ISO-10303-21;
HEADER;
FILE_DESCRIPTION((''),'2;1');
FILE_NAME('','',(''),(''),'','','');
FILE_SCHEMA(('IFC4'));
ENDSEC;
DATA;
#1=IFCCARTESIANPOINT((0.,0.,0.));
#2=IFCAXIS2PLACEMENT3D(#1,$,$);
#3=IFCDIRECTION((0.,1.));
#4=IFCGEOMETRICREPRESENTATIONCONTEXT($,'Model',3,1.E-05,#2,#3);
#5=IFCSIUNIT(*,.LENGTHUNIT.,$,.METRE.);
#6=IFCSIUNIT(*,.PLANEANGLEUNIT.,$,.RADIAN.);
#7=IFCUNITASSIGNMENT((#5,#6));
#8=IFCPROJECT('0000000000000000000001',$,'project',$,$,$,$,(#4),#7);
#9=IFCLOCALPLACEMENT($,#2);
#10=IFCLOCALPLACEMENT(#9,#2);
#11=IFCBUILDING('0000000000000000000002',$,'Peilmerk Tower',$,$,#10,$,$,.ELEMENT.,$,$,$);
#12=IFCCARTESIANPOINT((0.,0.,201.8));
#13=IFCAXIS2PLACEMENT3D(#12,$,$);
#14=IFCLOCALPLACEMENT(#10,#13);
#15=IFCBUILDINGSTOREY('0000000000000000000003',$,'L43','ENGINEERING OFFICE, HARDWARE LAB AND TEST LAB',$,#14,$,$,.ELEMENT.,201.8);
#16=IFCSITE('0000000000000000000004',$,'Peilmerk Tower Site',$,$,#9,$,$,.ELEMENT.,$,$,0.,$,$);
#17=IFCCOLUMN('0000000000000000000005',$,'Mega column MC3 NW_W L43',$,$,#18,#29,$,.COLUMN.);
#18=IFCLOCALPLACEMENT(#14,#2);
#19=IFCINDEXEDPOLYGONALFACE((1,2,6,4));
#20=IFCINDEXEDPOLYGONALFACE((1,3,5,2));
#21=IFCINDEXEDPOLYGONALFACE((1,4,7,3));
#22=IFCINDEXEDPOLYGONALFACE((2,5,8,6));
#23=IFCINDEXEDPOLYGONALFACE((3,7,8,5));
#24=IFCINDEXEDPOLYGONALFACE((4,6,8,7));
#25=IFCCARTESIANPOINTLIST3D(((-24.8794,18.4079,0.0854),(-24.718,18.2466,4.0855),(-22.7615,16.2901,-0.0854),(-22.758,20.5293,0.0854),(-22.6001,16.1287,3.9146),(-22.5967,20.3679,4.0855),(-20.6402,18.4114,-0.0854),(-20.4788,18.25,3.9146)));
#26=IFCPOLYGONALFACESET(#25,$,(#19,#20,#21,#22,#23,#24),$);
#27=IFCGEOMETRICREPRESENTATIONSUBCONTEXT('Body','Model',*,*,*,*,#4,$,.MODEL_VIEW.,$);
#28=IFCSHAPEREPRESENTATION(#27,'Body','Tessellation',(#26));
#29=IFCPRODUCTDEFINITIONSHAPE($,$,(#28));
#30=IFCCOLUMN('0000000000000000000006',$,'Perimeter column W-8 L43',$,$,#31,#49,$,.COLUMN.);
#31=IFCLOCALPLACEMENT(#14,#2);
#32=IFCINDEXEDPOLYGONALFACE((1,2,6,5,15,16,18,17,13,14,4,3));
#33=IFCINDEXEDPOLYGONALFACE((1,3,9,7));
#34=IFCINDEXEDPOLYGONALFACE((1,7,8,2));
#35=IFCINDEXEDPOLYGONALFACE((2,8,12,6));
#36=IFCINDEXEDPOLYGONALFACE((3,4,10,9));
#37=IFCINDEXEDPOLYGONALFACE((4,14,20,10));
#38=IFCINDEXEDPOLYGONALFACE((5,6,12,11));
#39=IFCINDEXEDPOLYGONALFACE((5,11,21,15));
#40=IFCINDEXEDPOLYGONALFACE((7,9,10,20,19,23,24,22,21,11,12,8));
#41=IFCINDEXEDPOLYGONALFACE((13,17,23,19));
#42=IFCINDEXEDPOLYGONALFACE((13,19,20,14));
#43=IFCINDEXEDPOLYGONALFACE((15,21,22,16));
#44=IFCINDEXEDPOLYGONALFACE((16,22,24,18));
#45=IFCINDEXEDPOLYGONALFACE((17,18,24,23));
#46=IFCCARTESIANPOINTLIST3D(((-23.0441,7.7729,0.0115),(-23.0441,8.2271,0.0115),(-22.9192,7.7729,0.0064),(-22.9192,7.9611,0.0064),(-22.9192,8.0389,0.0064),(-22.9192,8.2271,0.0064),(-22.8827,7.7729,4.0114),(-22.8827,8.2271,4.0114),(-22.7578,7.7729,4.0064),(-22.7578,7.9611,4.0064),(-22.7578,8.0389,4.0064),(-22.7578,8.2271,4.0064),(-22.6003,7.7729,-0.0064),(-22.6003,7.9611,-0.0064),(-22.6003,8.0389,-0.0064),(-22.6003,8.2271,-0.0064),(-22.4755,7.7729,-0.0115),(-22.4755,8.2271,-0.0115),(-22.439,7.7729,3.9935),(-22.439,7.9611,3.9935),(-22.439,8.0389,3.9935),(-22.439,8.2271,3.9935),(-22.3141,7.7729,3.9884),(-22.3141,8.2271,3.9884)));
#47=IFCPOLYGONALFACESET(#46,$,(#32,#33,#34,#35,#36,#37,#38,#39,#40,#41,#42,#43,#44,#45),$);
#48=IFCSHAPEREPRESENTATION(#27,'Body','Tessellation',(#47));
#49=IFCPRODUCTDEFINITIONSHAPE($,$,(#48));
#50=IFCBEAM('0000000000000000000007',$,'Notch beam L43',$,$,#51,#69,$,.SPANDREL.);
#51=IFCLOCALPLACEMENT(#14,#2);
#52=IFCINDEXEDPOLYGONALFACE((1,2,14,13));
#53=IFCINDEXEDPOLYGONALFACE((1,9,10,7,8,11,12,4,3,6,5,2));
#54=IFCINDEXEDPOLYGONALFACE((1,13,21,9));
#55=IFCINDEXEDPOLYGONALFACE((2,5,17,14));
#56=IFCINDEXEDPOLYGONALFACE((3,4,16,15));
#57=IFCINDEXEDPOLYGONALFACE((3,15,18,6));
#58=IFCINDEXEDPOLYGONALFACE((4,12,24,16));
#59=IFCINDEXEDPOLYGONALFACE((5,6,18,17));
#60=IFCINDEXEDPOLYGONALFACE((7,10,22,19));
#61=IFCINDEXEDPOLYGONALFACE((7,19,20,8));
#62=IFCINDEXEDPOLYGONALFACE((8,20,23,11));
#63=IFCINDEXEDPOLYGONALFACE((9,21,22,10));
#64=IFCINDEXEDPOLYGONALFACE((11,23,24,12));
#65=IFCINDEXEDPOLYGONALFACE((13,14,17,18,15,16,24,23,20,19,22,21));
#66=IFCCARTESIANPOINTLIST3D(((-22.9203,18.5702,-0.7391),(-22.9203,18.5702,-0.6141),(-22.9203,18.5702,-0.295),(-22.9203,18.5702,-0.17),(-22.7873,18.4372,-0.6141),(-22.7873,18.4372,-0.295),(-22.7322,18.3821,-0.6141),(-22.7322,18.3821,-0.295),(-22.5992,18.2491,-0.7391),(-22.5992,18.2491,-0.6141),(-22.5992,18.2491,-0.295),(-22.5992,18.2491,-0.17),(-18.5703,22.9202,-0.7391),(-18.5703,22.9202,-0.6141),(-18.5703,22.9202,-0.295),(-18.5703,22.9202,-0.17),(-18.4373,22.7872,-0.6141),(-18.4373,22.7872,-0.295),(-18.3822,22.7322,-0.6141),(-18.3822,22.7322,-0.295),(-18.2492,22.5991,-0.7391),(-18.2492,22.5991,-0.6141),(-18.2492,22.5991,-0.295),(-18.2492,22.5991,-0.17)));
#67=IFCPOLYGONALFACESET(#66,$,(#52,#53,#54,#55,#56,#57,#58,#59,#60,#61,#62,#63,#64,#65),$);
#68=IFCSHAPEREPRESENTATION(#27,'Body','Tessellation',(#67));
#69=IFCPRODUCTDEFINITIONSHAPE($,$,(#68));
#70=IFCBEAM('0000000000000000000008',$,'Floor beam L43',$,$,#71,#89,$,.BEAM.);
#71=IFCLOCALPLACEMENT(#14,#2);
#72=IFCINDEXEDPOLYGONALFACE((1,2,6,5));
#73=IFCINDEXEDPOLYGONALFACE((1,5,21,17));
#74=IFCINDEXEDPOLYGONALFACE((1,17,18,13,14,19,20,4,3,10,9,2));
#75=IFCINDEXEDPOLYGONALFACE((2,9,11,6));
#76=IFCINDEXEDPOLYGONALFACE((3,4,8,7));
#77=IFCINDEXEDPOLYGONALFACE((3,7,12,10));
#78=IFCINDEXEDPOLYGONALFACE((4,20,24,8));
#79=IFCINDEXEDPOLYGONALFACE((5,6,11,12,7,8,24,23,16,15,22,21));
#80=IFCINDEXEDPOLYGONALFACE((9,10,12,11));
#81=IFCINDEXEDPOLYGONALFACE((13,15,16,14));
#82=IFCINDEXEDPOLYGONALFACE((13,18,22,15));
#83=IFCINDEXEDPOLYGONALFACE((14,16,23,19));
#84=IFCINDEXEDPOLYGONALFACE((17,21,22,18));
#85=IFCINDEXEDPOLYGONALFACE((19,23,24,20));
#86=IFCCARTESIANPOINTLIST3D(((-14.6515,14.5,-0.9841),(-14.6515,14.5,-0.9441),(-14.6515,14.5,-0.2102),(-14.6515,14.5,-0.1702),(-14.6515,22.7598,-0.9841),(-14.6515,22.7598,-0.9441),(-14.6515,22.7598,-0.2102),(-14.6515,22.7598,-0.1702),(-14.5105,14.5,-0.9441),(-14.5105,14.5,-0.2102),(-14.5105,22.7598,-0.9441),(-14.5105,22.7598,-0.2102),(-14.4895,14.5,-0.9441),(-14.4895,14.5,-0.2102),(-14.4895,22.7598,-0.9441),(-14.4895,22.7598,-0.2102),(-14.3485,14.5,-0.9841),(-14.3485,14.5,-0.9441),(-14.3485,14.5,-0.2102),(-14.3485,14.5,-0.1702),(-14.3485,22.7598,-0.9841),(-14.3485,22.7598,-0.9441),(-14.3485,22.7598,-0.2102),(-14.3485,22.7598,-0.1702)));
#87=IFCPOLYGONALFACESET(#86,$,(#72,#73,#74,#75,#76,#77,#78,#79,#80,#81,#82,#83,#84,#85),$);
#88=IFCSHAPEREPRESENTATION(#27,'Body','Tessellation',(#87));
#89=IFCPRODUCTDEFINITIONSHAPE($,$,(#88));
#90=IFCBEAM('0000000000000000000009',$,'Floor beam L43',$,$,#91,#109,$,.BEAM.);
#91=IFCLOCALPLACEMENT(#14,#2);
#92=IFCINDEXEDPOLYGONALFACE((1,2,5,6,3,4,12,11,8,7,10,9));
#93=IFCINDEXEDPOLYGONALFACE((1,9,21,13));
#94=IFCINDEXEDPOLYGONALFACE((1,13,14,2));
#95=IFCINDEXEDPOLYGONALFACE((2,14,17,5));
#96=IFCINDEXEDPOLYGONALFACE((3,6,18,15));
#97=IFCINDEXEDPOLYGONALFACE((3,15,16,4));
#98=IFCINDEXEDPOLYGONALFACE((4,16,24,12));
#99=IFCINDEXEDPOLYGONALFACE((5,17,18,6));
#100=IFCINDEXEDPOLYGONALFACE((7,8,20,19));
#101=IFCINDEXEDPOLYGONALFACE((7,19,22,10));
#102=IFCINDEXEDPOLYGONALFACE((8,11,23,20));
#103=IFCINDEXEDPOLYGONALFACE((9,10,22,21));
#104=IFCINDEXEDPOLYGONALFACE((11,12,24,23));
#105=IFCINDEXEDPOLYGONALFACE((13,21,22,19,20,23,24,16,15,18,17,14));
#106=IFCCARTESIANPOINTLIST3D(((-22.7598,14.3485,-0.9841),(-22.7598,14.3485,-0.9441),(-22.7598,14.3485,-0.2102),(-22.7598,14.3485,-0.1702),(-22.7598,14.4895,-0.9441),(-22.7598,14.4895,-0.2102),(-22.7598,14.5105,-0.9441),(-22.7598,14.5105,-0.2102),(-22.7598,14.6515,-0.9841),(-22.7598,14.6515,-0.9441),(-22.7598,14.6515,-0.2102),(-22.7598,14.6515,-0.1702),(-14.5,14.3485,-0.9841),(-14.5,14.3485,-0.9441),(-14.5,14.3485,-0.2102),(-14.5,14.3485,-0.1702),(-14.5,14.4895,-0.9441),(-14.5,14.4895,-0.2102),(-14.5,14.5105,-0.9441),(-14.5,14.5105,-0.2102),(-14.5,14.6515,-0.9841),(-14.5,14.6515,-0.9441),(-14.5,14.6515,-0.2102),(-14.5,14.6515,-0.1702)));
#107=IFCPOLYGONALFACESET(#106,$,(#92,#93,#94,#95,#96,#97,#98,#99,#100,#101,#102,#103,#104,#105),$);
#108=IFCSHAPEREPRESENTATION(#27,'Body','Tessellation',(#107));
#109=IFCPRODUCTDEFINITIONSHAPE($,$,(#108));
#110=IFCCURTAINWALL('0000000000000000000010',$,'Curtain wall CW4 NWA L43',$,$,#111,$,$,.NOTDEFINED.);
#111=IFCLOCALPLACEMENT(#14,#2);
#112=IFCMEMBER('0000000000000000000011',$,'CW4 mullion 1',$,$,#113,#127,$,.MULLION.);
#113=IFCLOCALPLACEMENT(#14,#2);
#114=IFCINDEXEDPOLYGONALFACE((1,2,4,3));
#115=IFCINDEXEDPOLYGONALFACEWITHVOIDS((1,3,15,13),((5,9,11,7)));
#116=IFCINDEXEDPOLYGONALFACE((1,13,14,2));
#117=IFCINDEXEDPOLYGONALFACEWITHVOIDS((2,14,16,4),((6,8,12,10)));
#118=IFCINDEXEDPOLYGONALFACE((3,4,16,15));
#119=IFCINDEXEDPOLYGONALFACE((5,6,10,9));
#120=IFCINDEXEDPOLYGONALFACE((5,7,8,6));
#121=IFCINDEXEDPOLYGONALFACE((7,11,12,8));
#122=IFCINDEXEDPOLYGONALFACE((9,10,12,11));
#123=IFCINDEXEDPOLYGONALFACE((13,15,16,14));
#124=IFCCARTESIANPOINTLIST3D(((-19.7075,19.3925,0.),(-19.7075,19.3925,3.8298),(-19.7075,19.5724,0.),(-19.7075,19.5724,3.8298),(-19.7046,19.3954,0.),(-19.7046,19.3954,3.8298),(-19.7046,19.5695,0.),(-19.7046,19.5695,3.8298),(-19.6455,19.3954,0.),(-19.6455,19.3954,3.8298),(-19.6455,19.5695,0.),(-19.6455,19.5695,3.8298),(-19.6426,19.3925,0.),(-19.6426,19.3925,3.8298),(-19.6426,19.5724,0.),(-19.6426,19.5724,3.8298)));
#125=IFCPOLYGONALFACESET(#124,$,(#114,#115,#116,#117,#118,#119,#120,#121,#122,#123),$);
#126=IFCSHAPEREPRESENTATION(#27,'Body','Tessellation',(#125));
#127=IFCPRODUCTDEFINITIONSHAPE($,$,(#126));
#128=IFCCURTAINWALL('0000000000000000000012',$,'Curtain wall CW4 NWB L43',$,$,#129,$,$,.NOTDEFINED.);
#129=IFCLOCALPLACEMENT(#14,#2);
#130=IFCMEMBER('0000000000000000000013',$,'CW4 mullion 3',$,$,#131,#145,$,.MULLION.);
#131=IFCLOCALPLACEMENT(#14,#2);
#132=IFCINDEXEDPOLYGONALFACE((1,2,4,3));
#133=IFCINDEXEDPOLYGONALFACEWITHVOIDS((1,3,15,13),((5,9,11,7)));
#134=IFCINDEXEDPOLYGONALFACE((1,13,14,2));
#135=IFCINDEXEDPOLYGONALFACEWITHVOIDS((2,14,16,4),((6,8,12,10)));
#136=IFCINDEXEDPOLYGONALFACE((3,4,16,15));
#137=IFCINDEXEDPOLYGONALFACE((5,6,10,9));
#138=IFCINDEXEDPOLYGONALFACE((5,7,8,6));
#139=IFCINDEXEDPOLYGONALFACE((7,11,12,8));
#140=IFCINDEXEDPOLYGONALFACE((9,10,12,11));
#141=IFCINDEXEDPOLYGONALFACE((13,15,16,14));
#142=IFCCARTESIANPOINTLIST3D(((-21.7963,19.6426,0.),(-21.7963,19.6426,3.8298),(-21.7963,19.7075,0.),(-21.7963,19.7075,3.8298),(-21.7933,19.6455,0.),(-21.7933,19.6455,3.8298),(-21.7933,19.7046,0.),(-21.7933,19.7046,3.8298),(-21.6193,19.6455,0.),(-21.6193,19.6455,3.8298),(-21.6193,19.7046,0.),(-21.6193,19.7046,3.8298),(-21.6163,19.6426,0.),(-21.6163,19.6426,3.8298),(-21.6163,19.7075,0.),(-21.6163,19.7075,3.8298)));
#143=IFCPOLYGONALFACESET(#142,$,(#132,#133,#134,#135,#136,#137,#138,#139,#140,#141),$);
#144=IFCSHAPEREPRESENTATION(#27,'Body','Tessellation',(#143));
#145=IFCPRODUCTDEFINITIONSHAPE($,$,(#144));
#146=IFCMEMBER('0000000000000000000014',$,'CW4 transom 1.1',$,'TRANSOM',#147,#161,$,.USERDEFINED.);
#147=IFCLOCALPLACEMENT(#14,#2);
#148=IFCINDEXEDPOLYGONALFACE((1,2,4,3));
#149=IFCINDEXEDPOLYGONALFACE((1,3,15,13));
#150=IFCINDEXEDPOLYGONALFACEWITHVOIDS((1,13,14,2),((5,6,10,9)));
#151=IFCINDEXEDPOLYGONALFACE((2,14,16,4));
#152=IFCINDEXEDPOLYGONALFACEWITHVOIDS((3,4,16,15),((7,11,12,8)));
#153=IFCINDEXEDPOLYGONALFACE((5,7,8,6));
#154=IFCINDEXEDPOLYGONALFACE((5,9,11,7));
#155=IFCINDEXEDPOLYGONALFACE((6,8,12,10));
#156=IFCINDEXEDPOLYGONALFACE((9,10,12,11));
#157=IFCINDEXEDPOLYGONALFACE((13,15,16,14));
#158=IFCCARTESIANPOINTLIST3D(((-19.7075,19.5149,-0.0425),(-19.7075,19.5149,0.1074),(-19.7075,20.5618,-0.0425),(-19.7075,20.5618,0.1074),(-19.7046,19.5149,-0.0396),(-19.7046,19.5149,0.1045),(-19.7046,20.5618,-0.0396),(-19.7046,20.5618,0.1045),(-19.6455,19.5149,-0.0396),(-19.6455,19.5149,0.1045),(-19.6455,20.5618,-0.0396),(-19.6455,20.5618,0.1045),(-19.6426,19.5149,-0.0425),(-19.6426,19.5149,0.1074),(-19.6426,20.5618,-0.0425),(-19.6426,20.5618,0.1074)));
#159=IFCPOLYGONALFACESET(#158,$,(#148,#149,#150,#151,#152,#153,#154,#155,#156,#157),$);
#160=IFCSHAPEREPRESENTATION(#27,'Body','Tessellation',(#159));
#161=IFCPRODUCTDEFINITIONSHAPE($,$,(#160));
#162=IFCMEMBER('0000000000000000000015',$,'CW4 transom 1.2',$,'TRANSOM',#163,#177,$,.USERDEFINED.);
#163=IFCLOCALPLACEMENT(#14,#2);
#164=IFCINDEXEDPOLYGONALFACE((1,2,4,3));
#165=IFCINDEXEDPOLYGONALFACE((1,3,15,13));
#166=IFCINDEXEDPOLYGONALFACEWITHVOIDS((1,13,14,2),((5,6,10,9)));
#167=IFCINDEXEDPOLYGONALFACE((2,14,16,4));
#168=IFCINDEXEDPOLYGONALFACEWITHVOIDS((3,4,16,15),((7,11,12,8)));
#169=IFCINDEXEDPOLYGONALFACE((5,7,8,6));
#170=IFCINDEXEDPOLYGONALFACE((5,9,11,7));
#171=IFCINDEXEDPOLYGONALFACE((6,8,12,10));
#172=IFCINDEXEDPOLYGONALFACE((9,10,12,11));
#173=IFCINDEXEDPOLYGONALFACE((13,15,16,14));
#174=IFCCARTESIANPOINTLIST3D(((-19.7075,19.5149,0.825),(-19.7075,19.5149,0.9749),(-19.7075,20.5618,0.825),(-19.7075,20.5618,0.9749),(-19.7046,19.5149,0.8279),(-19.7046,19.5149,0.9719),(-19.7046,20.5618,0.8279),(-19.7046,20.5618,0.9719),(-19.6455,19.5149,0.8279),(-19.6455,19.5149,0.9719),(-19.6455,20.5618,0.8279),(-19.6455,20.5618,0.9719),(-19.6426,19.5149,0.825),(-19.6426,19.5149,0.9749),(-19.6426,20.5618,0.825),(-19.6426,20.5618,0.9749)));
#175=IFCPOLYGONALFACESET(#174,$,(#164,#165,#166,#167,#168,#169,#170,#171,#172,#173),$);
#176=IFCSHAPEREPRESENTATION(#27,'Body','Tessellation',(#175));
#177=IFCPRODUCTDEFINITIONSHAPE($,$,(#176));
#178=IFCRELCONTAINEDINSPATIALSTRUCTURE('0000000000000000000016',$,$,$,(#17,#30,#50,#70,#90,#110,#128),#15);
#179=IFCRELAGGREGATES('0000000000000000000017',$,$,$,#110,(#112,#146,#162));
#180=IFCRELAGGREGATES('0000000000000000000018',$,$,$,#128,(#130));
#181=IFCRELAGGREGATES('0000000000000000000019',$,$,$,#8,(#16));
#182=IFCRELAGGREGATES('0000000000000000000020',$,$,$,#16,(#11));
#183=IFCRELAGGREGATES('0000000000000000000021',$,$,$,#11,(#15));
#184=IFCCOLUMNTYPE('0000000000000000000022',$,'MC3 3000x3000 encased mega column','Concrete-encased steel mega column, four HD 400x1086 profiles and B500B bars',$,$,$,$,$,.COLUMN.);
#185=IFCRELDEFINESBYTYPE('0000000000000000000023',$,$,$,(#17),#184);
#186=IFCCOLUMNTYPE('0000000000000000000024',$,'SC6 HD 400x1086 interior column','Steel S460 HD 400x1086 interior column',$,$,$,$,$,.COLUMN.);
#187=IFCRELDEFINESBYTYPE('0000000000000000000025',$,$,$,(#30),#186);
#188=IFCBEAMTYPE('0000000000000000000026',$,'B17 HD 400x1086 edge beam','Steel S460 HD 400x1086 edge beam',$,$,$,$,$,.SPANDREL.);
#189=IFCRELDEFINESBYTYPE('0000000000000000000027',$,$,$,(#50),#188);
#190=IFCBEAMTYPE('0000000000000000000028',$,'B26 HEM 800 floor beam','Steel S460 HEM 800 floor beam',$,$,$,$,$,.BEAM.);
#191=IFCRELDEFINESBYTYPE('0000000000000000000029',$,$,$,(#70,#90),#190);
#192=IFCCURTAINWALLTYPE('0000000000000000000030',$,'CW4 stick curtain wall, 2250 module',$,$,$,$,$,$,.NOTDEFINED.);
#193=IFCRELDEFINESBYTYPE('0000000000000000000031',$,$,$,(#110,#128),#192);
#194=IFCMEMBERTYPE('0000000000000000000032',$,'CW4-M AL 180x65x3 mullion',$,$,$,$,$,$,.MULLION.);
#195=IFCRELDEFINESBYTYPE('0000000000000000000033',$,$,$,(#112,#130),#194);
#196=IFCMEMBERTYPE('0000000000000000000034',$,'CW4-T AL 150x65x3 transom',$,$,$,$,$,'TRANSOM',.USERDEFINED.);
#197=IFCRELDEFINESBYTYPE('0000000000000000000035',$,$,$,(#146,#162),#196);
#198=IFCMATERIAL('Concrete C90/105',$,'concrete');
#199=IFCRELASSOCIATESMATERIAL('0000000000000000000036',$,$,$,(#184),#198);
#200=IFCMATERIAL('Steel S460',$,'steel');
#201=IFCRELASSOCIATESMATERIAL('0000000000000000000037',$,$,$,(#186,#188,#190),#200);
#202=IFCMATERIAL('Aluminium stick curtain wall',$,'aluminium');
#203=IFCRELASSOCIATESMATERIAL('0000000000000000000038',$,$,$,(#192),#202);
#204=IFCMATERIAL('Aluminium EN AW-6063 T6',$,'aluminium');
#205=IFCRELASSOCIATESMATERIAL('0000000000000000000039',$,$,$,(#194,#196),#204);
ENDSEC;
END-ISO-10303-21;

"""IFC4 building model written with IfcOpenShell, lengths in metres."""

from ifc_helpers import new_model, si_unit, direction, frame, origin, origin_2d, place, context, subcontext, project, spatial, rectangle, hollow_rectangle, i_section, extrude, material, material_profile, profile_set, type_object, element, aggregate, save


model = new_model("IFC4")

# Units and contexts
model_context = context("Model", 3, precision=1e-05, world=origin(), true_north=direction((0.0, 1.0)))
body_context = subcontext(model_context, "Body", "Model", "MODEL_VIEW")
ifc_project = project(units=[si_unit("LENGTHUNIT", "METRE"), si_unit("PLANEANGLEUNIT", "RADIAN")], contexts=[model_context])

# Site, building, storey
site_placement = place(None, origin())
site = spatial("IfcSite", under=ifc_project, at=site_placement, Name="Peilmerk Tower Site", CompositionType="ELEMENT", RefElevation=0.0)
building_placement = place(site_placement, origin())
building = spatial("IfcBuilding", under=site, at=building_placement, Name="Peilmerk Tower", CompositionType="ELEMENT")
storey_placement = place(building_placement, frame((0.0, 0.0, 201.8)))
storey = spatial("IfcBuildingStorey", under=building, at=storey_placement, Name="L43", Description="ENGINEERING OFFICE, HARDWARE LAB AND TEST LAB", CompositionType="ELEMENT", Elevation=201.8)

# Columns
ifc_material_1 = material(Name="Concrete C90/105", Category="concrete")
ifc_material_profile_1 = material_profile(ifc_material_1, rectangle(XDim=3.0, YDim=3.0, at=origin_2d()), Name="RC 3000x3000")
ifc_profile_set_1 = profile_set([ifc_material_profile_1], Name="Concrete C90/105")
column_type_1 = type_object("IfcColumnType", Name="MC3 3000x3000 encased mega column", Description="Concrete-encased steel mega column, four HD 400x1086 profiles and B500B bars", PredefinedType="COLUMN", material=ifc_profile_set_1)
column_1_placement = place(storey_placement, frame((-22.7598, 18.4097, 0.0), z_axis=(0.040279, -0.040279, 0.998376), x_axis=(0.707107, 0.707107, 0.0)))
element("IfcColumn", 1, at=column_1_placement, inside=storey, type_object=column_type_1, Name="Mega column MC3 NW_W L43", PredefinedType="COLUMN", context=body_context, shape_type="SweptSolid", body=[
    extrude(rectangle(XDim=3.0, YDim=3.0, at=origin_2d()), origin(), (0.0, 0.0, 1.0), 4.0066),
])
ifc_material_2 = material(Name="Steel S460", Category="steel")
ifc_material_profile_2 = material_profile(ifc_material_2, i_section(OverallWidth=0.4541, OverallDepth=0.5691, WebThickness=0.0779, FlangeThickness=0.125, at=origin_2d()), Name="HD 400x1086")
ifc_profile_set_2 = profile_set([ifc_material_profile_2], Name="Steel S460")
column_type_2 = type_object("IfcColumnType", Name="SC6 HD 400x1086 interior column", Description="Steel S460 HD 400x1086 interior column", PredefinedType="COLUMN", material=ifc_profile_set_2)
column_2_placement = place(storey_placement, frame((-22.7598, 8.0, 0.0), z_axis=(0.040311, 0.0, 0.999187), x_axis=(0.0, 1.0, 0.0)))
element("IfcColumn", 2, at=column_2_placement, inside=storey, type_object=column_type_2, Name="Perimeter column W-8 L43", PredefinedType="COLUMN", context=body_context, shape_type="SweptSolid", body=[
    extrude(i_section(OverallWidth=0.4541, OverallDepth=0.5691, WebThickness=0.0779, FlangeThickness=0.125, at=origin_2d()), origin(), (0.0, 0.0, 1.0), 4.0032),
])

# Beams
ifc_material_profile_3 = material_profile(ifc_material_2, i_section(OverallWidth=0.4541, OverallDepth=0.5691, WebThickness=0.0779, FlangeThickness=0.125, at=origin_2d()), Name="HD 400x1086")
ifc_profile_set_3 = profile_set([ifc_material_profile_3], Name="Steel S460")
beam_type_1 = type_object("IfcBeamType", Name="B17 HD 400x1086 edge beam", Description="Steel S460 HD 400x1086 edge beam", PredefinedType="SPANDREL", material=ifc_profile_set_3)
beam_placement = place(storey_placement, frame((-22.7598, 18.4097, -0.4546), z_axis=(0.707107, 0.707107, 0.0), x_axis=(-0.707107, 0.707107, 0.0)))
element("IfcBeam", 3, at=beam_placement, inside=storey, type_object=beam_type_1, Name="Notch beam L43", PredefinedType="SPANDREL", context=body_context, shape_type="SweptSolid", body=[
    extrude(i_section(OverallWidth=0.4541, OverallDepth=0.5691, WebThickness=0.0779, FlangeThickness=0.125, at=origin_2d()), origin(), (0.0, 0.0, 1.0), 6.1519),
])
ifc_material_profile_4 = material_profile(ifc_material_2, i_section(OverallWidth=0.303, OverallDepth=0.814, WebThickness=0.021, FlangeThickness=0.04, at=origin_2d()), Name="HEM 800")
ifc_profile_set_4 = profile_set([ifc_material_profile_4], Name="Steel S460")
beam_type_2 = type_object("IfcBeamType", Name="B26 HEM 800 floor beam", Description="Steel S460 HEM 800 floor beam", PredefinedType="BEAM", material=ifc_profile_set_4)
for number, where, z_axis, x_axis, name in (
    (4, (-14.5, 14.5, -0.5771), (0.0, 1.0, 0.0), (-1.0, 0.0, 0.0), "Floor beam L43"),
    (5, (-14.5, 14.5, -0.5771), (-1.0, 0.0, 0.0), (0.0, -1.0, 0.0), "Floor beam L43"),
):
    element("IfcBeam", number, at=place(storey_placement, frame(where, z_axis=z_axis, x_axis=x_axis)), inside=storey, type_object=beam_type_2, Name=name, PredefinedType="BEAM", context=body_context, shape_type="SweptSolid", body=[
        extrude(i_section(OverallWidth=0.303, OverallDepth=0.814, WebThickness=0.021, FlangeThickness=0.04, at=origin_2d()), origin(), (0.0, 0.0, 1.0), 8.2598),
    ])

# Curtain walls, members
ifc_material_3 = material(Name="Aluminium stick curtain wall", Category="aluminium")
curtain_wall_type = type_object("IfcCurtainWallType", Name="CW4 stick curtain wall, 2250 module", PredefinedType="NOTDEFINED", material=ifc_material_3)
curtain_wall_1_placement = place(storey_placement, origin())
curtain_wall_1 = element("IfcCurtainWall", 6, at=curtain_wall_1_placement, inside=storey, type_object=curtain_wall_type, Name="Curtain wall CW4 NWA L43", PredefinedType="NOTDEFINED")
ifc_material_4 = material(Name="Aluminium EN AW-6063 T6", Category="aluminium")
ifc_material_profile_5 = material_profile(ifc_material_4, hollow_rectangle(XDim=0.0649, YDim=0.1799, WallThickness=0.0029, at=origin_2d()), Name="AL 180x65x3")
ifc_profile_set_5 = profile_set([ifc_material_profile_5], Name="Aluminium EN AW-6063 T6")
member_type_1 = type_object("IfcMemberType", Name="CW4-M AL 180x65x3 mullion", PredefinedType="MULLION", material=ifc_profile_set_5)
member_1_placement = place(storey_placement, frame((-19.675, 19.4824, 0.0), z_axis=(0.0, 0.0, 1.0), x_axis=(-1.0, 0.0, 0.0)))
member_1 = element("IfcMember", 7, at=member_1_placement, type_object=member_type_1, Name="CW4 mullion 1", PredefinedType="MULLION", context=body_context, shape_type="SweptSolid", body=[
    extrude(hollow_rectangle(XDim=0.0649, YDim=0.1799, WallThickness=0.0029, at=origin_2d()), origin(), (0.0, 0.0, 1.0), 3.8298),
])
curtain_wall_2_placement = place(storey_placement, origin())
curtain_wall_2 = element("IfcCurtainWall", 8, at=curtain_wall_2_placement, inside=storey, type_object=curtain_wall_type, Name="Curtain wall CW4 NWB L43", PredefinedType="NOTDEFINED")
member_2_placement = place(storey_placement, frame((-21.7063, 19.675, 0.0), z_axis=(0.0, 0.0, 1.0), x_axis=(0.0, -1.0, 0.0)))
member_2 = element("IfcMember", 9, at=member_2_placement, type_object=member_type_1, Name="CW4 mullion 3", PredefinedType="MULLION", context=body_context, shape_type="SweptSolid", body=[
    extrude(hollow_rectangle(XDim=0.0649, YDim=0.1799, WallThickness=0.0029, at=origin_2d()), origin(), (0.0, 0.0, 1.0), 3.8298),
])

# Members
ifc_material_profile_6 = material_profile(ifc_material_4, hollow_rectangle(XDim=0.0649, YDim=0.1499, WallThickness=0.0029, at=origin_2d()), Name="AL 150x65x3")
ifc_profile_set_6 = profile_set([ifc_material_profile_6], Name="Aluminium EN AW-6063 T6")
member_type_2 = type_object("IfcMemberType", Name="CW4-T AL 150x65x3 transom", ElementType="TRANSOM", PredefinedType="USERDEFINED", material=ifc_profile_set_6)
member_3_placement = place(storey_placement, frame((-19.675, 19.5149, 0.0325), z_axis=(0.0, 1.0, 0.0), x_axis=(-1.0, 0.0, 0.0)))
member_3 = element("IfcMember", 10, at=member_3_placement, type_object=member_type_2, Name="CW4 transom 1.1", ObjectType="TRANSOM", PredefinedType="USERDEFINED", context=body_context, shape_type="SweptSolid", body=[
    extrude(hollow_rectangle(XDim=0.0649, YDim=0.1499, WallThickness=0.0029, at=origin_2d()), origin(), (0.0, 0.0, 1.0), 1.0469),
])
member_4_placement = place(storey_placement, frame((-19.675, 19.5149, 0.8999), z_axis=(0.0, 1.0, 0.0), x_axis=(-1.0, 0.0, 0.0)))
member_4 = element("IfcMember", 11, at=member_4_placement, type_object=member_type_2, Name="CW4 transom 1.2", ObjectType="TRANSOM", PredefinedType="USERDEFINED", context=body_context, shape_type="SweptSolid", body=[
    extrude(hollow_rectangle(XDim=0.0649, YDim=0.1499, WallThickness=0.0029, at=origin_2d()), origin(), (0.0, 0.0, 1.0), 1.0469),
])
aggregate(curtain_wall_1, [member_1, member_3, member_4])

aggregate(curtain_wall_2, [member_2])

save(model, "model.ifc")
